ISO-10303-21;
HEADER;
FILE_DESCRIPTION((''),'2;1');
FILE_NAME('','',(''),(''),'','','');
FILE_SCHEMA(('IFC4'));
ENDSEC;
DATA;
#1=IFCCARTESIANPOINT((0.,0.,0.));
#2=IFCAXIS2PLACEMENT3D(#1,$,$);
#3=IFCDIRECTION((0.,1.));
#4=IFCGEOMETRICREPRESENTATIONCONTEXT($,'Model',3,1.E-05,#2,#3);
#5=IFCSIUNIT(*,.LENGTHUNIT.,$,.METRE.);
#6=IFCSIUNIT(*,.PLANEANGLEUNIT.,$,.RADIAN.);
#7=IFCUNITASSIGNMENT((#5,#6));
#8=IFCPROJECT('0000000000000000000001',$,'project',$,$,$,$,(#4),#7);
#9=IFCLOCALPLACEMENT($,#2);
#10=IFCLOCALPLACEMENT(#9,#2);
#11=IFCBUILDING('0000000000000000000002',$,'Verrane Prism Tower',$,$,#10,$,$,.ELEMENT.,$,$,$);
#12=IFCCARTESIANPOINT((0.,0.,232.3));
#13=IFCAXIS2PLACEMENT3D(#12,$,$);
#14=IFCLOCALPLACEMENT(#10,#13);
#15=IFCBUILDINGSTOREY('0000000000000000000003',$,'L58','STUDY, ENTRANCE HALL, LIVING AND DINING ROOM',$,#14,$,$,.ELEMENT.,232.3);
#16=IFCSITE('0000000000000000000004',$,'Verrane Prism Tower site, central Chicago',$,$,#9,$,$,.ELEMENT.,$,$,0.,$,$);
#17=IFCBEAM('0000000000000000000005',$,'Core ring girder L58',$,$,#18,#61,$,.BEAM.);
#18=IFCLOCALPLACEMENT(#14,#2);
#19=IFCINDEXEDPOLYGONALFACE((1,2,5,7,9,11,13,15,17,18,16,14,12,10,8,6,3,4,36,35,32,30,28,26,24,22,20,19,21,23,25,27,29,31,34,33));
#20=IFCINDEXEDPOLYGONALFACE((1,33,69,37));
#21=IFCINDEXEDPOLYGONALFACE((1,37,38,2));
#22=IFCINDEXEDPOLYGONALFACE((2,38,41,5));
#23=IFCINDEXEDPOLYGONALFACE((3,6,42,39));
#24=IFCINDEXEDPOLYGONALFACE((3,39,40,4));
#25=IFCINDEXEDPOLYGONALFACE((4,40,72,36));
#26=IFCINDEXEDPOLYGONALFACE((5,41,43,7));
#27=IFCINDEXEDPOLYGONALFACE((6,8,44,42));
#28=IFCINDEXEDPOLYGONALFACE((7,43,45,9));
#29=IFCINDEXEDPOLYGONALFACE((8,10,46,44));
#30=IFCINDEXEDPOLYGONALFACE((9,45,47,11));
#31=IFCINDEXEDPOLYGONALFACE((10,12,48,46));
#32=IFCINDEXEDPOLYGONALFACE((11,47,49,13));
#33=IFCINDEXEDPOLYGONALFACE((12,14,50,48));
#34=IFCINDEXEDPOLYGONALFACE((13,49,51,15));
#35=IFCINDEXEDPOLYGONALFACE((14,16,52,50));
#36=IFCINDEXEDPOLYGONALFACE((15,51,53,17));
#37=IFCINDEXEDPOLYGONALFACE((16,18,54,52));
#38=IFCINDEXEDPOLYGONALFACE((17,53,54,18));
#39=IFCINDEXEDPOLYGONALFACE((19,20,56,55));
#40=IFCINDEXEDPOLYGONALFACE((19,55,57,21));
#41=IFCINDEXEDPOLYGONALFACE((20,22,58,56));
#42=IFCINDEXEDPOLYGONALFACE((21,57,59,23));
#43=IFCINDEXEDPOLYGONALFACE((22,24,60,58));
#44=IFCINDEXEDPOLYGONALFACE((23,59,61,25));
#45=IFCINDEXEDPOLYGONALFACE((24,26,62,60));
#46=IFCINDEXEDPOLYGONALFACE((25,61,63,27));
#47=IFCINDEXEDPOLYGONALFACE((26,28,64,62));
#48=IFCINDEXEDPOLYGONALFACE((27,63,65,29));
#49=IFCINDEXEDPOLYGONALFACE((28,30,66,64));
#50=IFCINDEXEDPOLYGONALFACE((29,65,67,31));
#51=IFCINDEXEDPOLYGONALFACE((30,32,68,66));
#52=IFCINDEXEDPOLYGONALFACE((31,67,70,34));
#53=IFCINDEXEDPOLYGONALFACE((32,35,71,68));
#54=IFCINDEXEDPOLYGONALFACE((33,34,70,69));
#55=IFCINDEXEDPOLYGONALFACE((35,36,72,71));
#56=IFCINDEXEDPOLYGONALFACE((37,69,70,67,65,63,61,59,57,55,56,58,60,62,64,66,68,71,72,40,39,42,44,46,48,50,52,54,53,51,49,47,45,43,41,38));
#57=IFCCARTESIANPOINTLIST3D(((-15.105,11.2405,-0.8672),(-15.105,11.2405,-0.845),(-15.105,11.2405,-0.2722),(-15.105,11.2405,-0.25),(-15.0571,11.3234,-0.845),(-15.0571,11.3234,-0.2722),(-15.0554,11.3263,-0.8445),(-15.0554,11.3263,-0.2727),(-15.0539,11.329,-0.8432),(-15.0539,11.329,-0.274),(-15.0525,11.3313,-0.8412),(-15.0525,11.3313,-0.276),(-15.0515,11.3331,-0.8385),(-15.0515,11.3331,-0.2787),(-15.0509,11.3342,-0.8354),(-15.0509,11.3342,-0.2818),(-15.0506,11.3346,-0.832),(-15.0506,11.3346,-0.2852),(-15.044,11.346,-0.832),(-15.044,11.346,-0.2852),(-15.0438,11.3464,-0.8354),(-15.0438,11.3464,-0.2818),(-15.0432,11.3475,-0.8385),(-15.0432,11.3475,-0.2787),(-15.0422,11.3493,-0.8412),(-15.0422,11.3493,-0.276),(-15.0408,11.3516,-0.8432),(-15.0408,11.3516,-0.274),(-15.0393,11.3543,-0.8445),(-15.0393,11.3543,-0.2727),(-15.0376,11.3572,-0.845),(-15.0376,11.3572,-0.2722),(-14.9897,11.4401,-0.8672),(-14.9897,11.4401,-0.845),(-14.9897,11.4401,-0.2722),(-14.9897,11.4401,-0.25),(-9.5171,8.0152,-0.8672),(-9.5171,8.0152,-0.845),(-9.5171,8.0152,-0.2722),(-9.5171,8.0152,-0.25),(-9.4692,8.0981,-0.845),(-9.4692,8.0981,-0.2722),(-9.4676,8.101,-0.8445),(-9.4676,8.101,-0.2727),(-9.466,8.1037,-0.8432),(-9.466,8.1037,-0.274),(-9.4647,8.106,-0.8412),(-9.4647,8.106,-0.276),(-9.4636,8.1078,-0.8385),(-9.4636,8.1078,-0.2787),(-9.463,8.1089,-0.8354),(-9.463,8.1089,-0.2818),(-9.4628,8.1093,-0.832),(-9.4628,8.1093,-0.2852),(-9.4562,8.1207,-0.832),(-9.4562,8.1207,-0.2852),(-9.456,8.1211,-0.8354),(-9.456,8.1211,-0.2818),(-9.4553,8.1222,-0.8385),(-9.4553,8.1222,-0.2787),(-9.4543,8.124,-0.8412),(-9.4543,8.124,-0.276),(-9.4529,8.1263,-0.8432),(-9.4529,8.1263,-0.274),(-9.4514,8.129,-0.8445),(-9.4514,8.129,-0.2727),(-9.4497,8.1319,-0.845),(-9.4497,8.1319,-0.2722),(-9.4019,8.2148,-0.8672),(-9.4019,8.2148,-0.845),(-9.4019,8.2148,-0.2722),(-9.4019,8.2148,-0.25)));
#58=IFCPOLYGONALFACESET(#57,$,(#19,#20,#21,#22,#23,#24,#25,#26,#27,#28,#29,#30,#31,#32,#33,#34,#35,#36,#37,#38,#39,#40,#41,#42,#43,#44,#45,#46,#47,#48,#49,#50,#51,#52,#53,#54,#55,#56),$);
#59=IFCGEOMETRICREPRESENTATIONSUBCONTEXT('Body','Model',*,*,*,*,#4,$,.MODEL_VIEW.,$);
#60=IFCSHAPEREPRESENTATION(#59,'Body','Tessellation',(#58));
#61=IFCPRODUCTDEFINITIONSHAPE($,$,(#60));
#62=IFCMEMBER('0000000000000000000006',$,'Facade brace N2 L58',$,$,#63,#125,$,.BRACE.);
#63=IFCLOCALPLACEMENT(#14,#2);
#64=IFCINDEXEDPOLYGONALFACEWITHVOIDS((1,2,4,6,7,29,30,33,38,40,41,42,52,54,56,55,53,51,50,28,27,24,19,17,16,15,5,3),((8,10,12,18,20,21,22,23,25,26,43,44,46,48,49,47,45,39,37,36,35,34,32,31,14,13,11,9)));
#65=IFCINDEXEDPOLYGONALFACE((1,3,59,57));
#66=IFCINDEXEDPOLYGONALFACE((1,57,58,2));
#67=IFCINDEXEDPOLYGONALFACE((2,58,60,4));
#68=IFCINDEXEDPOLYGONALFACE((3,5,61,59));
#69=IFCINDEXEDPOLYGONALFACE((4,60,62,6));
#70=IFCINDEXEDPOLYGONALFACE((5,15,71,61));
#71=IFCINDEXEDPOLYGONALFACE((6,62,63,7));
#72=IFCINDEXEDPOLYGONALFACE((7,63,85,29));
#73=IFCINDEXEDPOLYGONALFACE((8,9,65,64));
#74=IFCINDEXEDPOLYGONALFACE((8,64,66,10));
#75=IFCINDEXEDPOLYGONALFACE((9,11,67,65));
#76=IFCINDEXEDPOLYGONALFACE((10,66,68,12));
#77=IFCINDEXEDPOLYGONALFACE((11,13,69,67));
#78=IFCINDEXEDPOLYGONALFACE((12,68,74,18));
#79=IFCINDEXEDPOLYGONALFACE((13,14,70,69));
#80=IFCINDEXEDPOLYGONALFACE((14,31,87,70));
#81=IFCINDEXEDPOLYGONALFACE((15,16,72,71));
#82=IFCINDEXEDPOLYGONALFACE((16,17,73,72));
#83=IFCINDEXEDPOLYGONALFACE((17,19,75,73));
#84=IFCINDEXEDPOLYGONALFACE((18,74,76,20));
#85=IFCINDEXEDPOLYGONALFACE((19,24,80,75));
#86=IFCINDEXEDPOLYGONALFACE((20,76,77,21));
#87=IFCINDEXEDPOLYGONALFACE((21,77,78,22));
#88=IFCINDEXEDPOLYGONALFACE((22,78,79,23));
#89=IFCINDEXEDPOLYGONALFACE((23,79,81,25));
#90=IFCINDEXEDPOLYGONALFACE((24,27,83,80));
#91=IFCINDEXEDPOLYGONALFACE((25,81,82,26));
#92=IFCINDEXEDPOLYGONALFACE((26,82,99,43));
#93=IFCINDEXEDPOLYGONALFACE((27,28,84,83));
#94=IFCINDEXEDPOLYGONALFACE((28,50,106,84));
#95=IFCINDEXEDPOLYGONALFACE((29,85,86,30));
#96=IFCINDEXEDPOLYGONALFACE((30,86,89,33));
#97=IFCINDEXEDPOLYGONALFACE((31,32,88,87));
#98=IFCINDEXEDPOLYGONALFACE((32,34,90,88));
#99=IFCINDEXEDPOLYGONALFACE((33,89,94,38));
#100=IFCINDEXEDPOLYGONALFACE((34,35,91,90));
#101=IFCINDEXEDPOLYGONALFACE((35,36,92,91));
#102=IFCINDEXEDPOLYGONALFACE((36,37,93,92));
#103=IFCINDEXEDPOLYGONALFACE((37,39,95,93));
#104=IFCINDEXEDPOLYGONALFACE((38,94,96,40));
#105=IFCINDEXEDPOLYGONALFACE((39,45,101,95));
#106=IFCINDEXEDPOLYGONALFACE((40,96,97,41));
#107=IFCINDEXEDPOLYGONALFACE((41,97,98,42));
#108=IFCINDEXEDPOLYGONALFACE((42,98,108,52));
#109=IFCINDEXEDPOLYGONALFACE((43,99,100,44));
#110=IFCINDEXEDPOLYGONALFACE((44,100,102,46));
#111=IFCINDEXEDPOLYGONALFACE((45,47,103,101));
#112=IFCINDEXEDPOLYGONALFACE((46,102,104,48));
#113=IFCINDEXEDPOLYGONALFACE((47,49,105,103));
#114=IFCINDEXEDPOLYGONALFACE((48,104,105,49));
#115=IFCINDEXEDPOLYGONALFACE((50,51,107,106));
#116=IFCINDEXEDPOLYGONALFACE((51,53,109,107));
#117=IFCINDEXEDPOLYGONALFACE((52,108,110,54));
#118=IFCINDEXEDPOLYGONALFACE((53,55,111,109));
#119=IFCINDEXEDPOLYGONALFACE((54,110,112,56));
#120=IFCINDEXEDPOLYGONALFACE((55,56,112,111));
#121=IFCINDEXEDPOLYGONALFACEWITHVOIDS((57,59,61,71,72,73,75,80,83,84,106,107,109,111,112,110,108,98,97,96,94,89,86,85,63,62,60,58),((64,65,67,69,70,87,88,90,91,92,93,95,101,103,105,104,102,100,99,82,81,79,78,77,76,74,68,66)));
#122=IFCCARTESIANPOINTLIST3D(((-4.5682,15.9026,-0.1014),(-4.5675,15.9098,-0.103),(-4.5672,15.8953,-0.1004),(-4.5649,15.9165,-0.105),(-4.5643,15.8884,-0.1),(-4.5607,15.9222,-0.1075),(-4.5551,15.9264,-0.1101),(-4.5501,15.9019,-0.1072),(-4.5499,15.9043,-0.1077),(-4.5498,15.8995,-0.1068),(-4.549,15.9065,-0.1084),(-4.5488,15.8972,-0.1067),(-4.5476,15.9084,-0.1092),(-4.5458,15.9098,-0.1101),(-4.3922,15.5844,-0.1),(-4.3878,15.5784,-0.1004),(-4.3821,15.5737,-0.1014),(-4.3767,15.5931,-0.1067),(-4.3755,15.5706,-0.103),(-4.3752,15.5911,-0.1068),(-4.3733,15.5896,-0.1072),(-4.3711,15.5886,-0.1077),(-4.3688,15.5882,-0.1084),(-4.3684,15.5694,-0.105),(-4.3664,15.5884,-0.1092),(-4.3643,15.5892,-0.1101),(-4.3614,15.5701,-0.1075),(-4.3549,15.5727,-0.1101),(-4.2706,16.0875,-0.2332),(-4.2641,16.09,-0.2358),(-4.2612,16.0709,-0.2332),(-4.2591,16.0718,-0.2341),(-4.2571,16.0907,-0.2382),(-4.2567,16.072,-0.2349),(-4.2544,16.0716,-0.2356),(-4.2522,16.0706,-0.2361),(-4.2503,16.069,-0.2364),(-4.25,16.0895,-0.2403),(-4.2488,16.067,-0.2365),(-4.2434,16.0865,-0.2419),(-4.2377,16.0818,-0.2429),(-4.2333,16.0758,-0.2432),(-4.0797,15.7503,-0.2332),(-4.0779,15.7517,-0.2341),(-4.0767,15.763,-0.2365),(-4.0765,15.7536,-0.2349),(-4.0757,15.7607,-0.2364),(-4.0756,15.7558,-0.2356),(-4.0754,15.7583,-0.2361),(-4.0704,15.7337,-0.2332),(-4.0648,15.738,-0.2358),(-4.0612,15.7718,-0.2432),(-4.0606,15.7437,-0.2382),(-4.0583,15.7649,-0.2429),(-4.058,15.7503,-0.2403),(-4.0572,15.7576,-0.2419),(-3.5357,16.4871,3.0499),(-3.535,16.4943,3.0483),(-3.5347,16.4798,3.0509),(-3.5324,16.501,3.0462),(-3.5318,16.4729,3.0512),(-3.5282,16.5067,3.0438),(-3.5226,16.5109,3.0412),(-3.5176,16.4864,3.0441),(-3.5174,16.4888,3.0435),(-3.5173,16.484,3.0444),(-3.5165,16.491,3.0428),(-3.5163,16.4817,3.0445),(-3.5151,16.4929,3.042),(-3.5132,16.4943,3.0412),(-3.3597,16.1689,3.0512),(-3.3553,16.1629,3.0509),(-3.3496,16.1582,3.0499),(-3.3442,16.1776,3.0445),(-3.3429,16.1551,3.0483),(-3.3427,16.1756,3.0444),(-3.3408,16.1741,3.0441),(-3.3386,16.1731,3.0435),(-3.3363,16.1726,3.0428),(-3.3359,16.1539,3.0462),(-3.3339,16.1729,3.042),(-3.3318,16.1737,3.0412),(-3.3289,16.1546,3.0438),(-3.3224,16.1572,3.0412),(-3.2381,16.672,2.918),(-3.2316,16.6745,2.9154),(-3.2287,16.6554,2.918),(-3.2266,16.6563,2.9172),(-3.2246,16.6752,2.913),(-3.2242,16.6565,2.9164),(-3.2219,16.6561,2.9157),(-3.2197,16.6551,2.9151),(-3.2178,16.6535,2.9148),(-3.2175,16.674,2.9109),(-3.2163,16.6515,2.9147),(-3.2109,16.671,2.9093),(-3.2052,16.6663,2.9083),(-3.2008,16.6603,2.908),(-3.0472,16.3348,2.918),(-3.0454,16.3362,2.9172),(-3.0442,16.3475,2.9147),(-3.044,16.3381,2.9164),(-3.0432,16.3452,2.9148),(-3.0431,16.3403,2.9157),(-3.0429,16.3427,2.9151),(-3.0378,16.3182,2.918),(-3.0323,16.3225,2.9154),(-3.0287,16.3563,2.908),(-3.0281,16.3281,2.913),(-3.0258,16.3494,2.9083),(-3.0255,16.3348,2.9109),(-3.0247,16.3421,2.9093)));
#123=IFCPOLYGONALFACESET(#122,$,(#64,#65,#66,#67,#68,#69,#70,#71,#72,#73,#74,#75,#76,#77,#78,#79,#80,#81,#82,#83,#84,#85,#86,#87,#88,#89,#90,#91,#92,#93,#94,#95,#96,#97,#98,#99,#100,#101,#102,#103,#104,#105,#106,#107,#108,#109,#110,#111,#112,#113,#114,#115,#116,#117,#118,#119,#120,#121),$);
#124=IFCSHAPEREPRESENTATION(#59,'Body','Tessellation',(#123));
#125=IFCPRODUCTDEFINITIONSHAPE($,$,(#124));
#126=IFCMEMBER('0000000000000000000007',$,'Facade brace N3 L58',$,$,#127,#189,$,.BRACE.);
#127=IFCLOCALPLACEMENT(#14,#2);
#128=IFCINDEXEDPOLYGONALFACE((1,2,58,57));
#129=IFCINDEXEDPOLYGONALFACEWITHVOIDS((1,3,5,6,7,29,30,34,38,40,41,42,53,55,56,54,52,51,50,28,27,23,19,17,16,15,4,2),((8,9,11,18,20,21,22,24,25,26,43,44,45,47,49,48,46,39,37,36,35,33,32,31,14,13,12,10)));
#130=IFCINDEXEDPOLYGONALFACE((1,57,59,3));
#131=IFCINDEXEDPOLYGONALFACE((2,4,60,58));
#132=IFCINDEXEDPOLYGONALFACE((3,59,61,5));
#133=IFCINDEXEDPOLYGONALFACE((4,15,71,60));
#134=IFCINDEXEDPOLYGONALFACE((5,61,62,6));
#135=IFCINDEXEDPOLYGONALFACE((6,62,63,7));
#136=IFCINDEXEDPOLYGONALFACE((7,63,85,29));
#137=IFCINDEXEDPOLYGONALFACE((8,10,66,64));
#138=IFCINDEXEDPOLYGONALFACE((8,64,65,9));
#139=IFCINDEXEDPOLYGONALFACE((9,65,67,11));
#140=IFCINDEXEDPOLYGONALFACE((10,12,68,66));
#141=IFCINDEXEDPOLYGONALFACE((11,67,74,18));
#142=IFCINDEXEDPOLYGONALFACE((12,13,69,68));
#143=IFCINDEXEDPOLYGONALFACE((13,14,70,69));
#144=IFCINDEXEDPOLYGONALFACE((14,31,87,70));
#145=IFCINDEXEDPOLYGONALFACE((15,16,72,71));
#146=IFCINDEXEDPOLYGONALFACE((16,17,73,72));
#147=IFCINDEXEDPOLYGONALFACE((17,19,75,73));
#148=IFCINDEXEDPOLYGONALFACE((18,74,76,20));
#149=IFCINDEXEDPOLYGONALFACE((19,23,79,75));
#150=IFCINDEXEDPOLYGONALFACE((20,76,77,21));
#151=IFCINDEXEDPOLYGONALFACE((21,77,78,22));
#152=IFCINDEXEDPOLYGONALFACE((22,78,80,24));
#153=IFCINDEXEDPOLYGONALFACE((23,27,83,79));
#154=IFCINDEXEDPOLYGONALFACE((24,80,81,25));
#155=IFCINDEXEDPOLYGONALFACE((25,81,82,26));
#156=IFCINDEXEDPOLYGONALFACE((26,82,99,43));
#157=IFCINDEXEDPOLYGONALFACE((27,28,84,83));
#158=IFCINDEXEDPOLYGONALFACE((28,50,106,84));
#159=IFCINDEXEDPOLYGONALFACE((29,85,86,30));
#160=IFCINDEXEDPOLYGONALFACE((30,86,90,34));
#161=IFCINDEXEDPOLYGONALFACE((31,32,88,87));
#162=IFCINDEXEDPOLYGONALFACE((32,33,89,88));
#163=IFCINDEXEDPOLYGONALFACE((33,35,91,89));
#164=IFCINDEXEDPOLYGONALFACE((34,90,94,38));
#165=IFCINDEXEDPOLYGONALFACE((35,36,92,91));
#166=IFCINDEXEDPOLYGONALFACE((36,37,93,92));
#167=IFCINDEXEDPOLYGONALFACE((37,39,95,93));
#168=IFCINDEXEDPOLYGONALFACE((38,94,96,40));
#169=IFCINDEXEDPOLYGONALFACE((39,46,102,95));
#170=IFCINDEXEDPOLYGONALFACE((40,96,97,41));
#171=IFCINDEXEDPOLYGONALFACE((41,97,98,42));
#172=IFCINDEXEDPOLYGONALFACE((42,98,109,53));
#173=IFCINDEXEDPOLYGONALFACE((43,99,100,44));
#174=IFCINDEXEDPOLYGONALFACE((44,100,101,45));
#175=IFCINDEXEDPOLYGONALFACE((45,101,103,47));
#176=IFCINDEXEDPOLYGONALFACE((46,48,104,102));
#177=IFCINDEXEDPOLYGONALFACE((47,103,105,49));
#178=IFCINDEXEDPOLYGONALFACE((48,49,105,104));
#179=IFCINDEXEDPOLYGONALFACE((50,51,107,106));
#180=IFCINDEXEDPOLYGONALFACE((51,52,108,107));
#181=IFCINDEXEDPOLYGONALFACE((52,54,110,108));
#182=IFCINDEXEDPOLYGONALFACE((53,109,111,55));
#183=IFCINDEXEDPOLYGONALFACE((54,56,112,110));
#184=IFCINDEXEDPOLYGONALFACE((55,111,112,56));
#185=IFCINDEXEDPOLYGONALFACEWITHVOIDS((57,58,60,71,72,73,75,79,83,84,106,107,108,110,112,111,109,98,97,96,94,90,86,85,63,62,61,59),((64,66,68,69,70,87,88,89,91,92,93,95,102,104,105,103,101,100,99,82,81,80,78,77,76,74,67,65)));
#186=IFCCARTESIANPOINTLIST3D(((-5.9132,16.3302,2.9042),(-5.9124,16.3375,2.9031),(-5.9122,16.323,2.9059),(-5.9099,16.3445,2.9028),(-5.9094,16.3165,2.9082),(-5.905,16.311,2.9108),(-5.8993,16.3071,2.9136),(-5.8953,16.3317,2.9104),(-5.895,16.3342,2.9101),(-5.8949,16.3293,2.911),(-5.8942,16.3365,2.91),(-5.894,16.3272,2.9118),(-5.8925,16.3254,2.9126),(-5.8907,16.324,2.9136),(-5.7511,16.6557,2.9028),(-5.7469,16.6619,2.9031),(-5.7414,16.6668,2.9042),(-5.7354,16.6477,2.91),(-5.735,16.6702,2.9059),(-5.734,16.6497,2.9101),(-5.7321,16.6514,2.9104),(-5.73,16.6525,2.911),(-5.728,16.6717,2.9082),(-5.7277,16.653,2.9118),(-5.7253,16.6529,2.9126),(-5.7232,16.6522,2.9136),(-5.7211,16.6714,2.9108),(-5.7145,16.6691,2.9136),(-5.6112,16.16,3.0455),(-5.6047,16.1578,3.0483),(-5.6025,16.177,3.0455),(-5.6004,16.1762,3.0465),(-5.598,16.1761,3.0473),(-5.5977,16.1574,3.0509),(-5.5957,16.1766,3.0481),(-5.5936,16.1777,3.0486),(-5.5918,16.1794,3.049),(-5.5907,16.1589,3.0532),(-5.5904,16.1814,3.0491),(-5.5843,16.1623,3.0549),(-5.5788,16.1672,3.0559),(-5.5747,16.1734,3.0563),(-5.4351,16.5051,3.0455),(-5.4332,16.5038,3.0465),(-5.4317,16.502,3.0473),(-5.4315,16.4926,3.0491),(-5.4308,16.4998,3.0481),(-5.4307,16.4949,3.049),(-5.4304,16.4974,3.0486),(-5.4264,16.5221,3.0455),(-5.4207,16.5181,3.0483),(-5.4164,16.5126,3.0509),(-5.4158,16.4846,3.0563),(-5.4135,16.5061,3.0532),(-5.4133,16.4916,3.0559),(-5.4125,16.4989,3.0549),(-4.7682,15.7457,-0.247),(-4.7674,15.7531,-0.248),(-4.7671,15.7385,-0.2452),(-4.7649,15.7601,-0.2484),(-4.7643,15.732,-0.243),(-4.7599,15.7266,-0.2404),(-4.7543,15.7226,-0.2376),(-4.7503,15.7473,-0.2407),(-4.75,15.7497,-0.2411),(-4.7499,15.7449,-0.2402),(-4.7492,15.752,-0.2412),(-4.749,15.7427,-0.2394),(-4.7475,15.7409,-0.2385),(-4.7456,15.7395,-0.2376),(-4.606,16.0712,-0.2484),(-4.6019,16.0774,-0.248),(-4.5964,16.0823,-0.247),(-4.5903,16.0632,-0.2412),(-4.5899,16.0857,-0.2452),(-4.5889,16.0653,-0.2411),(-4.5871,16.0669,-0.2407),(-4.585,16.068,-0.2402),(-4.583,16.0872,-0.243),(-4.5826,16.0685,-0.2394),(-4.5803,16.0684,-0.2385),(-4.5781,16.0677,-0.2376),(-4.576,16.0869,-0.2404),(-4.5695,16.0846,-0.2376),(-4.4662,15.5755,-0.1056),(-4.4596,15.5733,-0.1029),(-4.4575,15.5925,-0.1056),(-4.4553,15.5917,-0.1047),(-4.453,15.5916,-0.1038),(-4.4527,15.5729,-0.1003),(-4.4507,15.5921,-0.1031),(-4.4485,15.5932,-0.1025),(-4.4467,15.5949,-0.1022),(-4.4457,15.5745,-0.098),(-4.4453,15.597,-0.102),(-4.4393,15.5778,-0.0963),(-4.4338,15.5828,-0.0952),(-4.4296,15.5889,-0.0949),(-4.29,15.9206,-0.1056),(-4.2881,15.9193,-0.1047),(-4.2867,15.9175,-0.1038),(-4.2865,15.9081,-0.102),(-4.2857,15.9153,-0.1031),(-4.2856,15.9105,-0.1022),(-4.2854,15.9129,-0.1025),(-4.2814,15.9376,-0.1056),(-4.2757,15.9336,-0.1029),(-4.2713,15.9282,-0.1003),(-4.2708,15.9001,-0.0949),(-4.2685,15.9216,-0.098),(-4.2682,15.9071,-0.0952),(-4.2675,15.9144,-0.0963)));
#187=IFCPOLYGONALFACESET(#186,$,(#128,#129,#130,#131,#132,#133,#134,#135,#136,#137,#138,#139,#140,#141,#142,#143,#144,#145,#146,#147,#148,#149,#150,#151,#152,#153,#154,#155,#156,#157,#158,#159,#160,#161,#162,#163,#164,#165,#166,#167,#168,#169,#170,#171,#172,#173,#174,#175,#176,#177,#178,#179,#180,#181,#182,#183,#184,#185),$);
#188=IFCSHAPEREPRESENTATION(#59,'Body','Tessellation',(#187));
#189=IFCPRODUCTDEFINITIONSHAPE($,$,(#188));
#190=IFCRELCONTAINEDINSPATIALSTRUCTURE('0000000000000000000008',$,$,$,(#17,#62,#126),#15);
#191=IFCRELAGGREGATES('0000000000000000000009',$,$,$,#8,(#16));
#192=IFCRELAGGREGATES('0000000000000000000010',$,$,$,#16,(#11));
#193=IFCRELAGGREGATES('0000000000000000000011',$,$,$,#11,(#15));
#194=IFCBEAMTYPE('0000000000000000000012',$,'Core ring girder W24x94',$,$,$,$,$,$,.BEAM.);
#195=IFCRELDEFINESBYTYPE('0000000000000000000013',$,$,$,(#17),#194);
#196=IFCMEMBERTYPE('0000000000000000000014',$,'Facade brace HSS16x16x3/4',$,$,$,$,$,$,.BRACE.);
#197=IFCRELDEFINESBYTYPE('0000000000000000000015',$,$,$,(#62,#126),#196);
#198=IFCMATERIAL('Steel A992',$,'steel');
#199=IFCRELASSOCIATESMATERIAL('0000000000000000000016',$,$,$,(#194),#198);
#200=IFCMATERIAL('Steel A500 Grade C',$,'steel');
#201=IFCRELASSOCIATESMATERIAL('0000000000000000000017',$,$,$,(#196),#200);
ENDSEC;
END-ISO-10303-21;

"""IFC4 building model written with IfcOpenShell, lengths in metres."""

from ifc_helpers import new_model, si_unit, direction, frame, origin, origin_2d, place, context, subcontext, project, spatial, hollow_rectangle, i_section, extrude, material, material_profile, profile_set, type_object, element, save


model = new_model("IFC4")

# Units and contexts
model_context = context("Model", 3, precision=1e-05, world=origin(), true_north=direction((0.0, 1.0)))
body_context = subcontext(model_context, "Body", "Model", "MODEL_VIEW")
ifc_project = project(units=[si_unit("LENGTHUNIT", "METRE"), si_unit("PLANEANGLEUNIT", "RADIAN")], contexts=[model_context])

# Site, building, storey
site_placement = place(None, origin())
site = spatial("IfcSite", under=ifc_project, at=site_placement, Name="Verrane Prism Tower site, central Chicago", CompositionType="ELEMENT", RefElevation=0.0)
building_placement = place(site_placement, origin())
building = spatial("IfcBuilding", under=site, at=building_placement, Name="Verrane Prism Tower", CompositionType="ELEMENT")
storey_placement = place(building_placement, frame((0.0, 0.0, 232.3)))
storey = spatial("IfcBuildingStorey", under=building, at=storey_placement, Name="L58", Description="STUDY, ENTRANCE HALL, LIVING AND DINING ROOM", CompositionType="ELEMENT", Elevation=232.3)

# Beam
ifc_material_1 = material(Name="Steel A992", Category="steel")
ifc_material_profile_1 = material_profile(ifc_material_1, i_section(OverallWidth=0.2305, OverallDepth=0.6172, WebThickness=0.0132, FlangeThickness=0.0222, FilletRadius=0.0129, at=origin_2d()), Name="W24x94")
ifc_profile_set_1 = profile_set([ifc_material_profile_1], Name="Steel A992")
beam_type_1 = type_object("IfcBeamType", Name="Core ring girder W24x94", PredefinedType="BEAM", material=ifc_profile_set_1)
beam_1_placement = place(storey_placement, frame((-9.4595, 8.115, -0.5586), z_axis=(-0.866081, 0.499904, 0.0), x_axis=(-0.499904, -0.866081, 0.0)))
element("IfcBeam", 1, at=beam_1_placement, inside=storey, type_object=beam_type_1, Name="Core ring girder L58", PredefinedType="BEAM", context=body_context, shape_type="SweptSolid", body=[
    extrude(i_section(OverallWidth=0.2305, OverallDepth=0.6172, WebThickness=0.0132, FlangeThickness=0.0222, FilletRadius=0.0129, at=origin_2d()), origin(), (0.0, 0.0, 1.0), 6.4519),
])

# Members
ifc_material_2 = material(Name="Steel A500 Grade C", Category="steel")
ifc_material_profile_2 = material_profile(ifc_material_2, hollow_rectangle(XDim=0.4065, YDim=0.4065, WallThickness=0.019, InnerFilletRadius=0.0095, OuterFilletRadius=0.0286, at=origin_2d()), Name="HSS16x16x3/4")
ifc_profile_set_2 = profile_set([ifc_material_profile_2], Name="Steel A500 Grade C")
member_type_1 = type_object("IfcMemberType", Name="Facade brace HSS16x16x3/4", PredefinedType="BRACE", material=ifc_profile_set_2)
member_1_placement = place(storey_placement, frame((-4.3127, 15.8301, -0.1716), z_axis=(0.306637, 0.173585, 0.935864), x_axis=(-0.492634, 0.870237, 0.0)))
element("IfcMember", 2, at=member_1_placement, inside=storey, type_object=member_type_1, Name="Facade brace N2 L58", PredefinedType="BRACE", context=body_context, shape_type="SweptSolid", body=[
    extrude(hollow_rectangle(XDim=0.4065, YDim=0.4065, WallThickness=0.019, InnerFilletRadius=0.0095, OuterFilletRadius=0.0286, at=origin_2d()), origin(), (0.0, 0.0, 1.0), 3.3672),
])
member_2_placement = place(storey_placement, frame((-4.5178, 15.8301, -0.1716), z_axis=(-0.336447, 0.171738, 0.92591), x_axis=(-0.454643, -0.890674, 0.0)))
element("IfcMember", 3, at=member_2_placement, inside=storey, type_object=member_type_1, Name="Facade brace N3 L58", PredefinedType="BRACE", context=body_context, shape_type="SweptSolid", body=[
    extrude(hollow_rectangle(XDim=0.4065, YDim=0.4065, WallThickness=0.019, InnerFilletRadius=0.0095, OuterFilletRadius=0.0286, at=origin_2d()), origin(), (0.0, 0.0, 1.0), 3.4033),
])

save(model, "model.ifc")
